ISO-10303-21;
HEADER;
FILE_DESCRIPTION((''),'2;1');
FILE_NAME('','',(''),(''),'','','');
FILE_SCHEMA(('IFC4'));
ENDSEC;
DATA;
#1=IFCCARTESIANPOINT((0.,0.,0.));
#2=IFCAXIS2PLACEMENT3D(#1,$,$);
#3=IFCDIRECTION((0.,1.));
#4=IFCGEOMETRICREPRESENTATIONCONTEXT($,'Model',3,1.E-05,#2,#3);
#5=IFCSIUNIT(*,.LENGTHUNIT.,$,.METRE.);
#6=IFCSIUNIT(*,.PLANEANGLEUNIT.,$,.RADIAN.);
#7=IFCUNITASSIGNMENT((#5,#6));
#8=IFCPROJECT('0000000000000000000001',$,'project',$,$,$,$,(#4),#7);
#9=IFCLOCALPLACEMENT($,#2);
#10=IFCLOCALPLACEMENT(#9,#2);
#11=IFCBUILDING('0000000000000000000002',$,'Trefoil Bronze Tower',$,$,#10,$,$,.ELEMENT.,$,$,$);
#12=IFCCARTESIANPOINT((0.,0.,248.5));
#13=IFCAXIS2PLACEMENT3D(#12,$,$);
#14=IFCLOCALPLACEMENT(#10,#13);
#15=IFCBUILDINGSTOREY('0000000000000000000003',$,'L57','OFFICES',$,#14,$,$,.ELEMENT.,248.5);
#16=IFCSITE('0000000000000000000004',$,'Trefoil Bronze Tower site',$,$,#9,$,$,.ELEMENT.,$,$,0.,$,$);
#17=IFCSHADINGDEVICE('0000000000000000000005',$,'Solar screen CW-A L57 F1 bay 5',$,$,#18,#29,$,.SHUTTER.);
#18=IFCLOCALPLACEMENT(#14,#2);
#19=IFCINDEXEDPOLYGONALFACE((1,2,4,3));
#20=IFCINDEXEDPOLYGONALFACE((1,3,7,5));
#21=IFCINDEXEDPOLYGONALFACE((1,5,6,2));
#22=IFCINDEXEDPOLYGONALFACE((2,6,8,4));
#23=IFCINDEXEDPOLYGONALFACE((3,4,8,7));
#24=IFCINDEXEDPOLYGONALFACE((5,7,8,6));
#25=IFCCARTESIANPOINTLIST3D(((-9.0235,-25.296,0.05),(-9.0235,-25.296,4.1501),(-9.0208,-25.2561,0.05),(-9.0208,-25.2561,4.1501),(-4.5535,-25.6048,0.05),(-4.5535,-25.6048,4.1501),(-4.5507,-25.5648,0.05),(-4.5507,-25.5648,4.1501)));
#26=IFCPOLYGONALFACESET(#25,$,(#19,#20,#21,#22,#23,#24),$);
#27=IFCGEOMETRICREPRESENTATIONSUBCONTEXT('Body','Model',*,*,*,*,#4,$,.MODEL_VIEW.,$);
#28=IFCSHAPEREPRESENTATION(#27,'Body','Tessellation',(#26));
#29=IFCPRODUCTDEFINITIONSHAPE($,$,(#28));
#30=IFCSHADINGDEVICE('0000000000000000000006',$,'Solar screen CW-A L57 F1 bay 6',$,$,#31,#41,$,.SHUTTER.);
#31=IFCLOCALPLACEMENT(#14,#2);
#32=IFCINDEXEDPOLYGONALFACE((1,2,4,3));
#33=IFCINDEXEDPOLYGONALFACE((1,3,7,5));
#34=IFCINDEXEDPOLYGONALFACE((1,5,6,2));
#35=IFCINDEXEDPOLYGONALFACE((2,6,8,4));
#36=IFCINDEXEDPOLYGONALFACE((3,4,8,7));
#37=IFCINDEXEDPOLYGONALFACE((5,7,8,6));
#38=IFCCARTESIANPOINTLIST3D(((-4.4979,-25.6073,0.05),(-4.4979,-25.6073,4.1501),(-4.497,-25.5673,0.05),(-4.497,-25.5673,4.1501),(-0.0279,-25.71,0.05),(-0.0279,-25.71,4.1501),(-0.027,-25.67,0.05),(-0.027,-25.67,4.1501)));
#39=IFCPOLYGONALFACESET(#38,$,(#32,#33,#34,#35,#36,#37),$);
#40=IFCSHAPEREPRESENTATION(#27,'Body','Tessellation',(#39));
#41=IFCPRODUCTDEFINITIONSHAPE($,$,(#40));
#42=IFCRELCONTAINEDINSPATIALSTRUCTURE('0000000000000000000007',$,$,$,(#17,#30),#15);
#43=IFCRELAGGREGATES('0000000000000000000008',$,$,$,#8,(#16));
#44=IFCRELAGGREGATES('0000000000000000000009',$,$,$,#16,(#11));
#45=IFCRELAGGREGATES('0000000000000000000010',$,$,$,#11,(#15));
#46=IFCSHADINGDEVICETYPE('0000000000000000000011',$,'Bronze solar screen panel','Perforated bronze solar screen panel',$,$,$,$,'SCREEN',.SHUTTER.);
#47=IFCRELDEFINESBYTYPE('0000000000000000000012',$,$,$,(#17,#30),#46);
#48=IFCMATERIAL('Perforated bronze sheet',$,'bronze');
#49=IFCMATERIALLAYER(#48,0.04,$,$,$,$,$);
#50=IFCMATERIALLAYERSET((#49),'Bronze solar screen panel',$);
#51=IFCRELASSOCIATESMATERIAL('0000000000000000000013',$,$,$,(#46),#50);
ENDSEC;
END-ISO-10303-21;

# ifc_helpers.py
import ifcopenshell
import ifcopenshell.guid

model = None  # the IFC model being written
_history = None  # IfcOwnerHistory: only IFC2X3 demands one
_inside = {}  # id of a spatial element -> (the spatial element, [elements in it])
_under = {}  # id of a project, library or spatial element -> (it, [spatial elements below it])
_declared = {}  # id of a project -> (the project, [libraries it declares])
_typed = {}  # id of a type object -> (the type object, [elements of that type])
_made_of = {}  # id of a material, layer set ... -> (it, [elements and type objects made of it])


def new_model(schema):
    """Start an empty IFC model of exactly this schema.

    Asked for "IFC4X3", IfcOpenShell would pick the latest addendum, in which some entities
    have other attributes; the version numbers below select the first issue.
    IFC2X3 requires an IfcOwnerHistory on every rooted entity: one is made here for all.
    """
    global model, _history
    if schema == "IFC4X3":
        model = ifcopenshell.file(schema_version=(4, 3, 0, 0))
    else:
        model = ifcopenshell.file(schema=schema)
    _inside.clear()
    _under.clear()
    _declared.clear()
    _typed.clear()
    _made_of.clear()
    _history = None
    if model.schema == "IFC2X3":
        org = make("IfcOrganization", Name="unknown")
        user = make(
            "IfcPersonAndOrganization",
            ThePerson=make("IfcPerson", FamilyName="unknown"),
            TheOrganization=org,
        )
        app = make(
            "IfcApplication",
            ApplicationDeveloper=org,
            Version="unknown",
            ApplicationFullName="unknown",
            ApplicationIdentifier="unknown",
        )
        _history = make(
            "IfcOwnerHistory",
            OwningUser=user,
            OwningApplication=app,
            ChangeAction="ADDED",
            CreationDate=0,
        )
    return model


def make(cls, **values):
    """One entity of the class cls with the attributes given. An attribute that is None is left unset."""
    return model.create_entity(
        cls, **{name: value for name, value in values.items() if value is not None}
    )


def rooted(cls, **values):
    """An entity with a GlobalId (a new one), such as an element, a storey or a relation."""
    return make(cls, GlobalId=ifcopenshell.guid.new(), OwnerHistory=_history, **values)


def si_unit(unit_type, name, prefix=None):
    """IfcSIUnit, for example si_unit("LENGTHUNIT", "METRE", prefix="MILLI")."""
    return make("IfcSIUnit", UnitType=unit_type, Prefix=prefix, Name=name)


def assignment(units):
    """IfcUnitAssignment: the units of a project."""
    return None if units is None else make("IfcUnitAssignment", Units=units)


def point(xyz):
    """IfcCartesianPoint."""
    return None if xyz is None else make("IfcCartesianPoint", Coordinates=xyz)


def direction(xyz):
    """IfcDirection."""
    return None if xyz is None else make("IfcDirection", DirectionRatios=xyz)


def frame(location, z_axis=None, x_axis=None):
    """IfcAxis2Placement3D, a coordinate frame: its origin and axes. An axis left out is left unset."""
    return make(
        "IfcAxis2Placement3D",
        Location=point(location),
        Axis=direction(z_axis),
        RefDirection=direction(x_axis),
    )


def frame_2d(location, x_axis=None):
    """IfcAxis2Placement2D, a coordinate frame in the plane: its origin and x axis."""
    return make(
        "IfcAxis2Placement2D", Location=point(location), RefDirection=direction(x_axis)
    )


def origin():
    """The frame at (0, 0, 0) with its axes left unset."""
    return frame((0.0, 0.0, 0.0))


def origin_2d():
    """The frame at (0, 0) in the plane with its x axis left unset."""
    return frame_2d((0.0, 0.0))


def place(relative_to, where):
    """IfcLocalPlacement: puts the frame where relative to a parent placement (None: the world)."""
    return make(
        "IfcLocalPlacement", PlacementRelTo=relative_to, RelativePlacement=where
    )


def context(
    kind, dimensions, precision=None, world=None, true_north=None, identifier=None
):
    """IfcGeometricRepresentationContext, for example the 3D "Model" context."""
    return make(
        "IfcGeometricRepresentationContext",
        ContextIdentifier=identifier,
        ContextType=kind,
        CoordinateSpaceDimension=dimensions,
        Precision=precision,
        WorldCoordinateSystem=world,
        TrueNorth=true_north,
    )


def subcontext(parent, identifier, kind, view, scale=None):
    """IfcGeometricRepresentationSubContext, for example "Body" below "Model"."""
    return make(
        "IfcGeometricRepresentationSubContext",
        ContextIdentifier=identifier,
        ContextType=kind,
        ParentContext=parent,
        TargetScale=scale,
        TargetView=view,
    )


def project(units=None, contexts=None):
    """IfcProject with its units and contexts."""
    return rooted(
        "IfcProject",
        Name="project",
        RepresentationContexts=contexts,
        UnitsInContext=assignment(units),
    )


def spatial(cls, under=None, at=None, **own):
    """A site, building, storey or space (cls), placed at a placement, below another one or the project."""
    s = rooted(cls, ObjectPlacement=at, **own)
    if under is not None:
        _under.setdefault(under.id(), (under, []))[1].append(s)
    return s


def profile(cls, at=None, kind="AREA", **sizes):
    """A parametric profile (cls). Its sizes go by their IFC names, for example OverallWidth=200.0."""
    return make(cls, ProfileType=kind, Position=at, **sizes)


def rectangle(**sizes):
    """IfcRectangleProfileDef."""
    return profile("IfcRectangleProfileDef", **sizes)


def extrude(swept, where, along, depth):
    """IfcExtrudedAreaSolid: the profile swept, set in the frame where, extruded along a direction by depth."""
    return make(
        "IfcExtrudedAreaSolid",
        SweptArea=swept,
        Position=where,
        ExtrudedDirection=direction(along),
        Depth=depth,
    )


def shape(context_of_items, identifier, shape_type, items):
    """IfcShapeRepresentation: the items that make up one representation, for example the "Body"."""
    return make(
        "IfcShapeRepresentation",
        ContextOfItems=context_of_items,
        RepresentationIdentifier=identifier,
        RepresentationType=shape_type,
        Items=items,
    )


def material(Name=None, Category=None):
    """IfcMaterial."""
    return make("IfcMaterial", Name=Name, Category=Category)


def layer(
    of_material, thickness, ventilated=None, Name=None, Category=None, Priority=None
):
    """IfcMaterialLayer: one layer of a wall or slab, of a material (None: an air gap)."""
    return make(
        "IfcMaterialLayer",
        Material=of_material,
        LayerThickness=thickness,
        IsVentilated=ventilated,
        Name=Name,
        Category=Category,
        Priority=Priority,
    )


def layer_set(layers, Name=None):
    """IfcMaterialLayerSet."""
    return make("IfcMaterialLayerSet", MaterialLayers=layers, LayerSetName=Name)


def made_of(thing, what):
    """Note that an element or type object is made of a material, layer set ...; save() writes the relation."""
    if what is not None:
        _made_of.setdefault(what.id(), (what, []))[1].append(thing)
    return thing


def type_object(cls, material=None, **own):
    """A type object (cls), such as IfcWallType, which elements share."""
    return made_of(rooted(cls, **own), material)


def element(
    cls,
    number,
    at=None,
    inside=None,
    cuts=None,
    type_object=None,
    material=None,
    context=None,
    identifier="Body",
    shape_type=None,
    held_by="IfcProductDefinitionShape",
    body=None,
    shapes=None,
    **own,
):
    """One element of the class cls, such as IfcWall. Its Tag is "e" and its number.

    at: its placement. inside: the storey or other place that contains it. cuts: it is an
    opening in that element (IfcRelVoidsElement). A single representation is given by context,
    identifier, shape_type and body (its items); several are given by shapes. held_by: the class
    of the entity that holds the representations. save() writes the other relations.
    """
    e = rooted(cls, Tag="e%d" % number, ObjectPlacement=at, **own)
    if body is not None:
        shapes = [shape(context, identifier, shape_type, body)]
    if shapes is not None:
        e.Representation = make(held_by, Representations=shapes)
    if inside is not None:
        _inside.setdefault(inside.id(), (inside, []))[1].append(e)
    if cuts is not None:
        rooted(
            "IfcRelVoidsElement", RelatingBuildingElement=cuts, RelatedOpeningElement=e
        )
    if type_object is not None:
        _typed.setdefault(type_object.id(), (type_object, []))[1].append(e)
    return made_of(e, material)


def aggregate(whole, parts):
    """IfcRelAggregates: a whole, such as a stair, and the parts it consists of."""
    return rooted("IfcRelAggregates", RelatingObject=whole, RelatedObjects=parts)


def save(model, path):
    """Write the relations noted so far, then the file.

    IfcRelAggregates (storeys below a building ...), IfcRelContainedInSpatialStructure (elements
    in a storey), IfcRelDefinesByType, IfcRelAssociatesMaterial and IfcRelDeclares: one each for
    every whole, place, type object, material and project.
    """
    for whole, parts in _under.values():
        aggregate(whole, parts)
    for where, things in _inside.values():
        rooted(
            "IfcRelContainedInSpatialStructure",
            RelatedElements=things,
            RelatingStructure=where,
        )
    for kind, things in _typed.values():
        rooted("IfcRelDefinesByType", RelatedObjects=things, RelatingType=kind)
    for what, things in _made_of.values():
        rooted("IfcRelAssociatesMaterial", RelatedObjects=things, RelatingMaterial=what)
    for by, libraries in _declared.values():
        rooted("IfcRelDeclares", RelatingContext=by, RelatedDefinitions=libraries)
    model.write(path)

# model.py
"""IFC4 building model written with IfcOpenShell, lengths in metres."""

from ifc_helpers import new_model, si_unit, direction, frame, origin, origin_2d, place, context, subcontext, project, spatial, rectangle, extrude, material, layer, layer_set, type_object, element, save


model = new_model("IFC4")

# Units and contexts
model_context = context("Model", 3, precision=1e-05, world=origin(), true_north=direction((0.0, 1.0)))
body_context = subcontext(model_context, "Body", "Model", "MODEL_VIEW")
ifc_project = project(units=[si_unit("LENGTHUNIT", "METRE"), si_unit("PLANEANGLEUNIT", "RADIAN")], contexts=[model_context])

# Site, building, storey
site_placement = place(None, origin())
site = spatial("IfcSite", under=ifc_project, at=site_placement, Name="Trefoil Bronze Tower site", CompositionType="ELEMENT", RefElevation=0.0)
building_placement = place(site_placement, origin())
building = spatial("IfcBuilding", under=site, at=building_placement, Name="Trefoil Bronze Tower", CompositionType="ELEMENT")
storey_placement = place(building_placement, frame((0.0, 0.0, 248.5)))
storey = spatial("IfcBuildingStorey", under=building, at=storey_placement, Name="L57", Description="OFFICES", CompositionType="ELEMENT", Elevation=248.5)

# Shading devices
ifc_material_1 = material(Name="Perforated bronze sheet", Category="bronze")
ifc_layer_1 = layer(ifc_material_1, 0.04)
ifc_layer_set_1 = layer_set([ifc_layer_1], Name="Bronze solar screen panel")
shading_device_type = type_object("IfcShadingDeviceType", Name="Bronze solar screen panel", Description="Perforated bronze solar screen panel", ElementType="SCREEN", PredefinedType="SHUTTER", material=ifc_layer_set_1)
shading_device_1_placement = place(storey_placement, frame((-6.7871, -25.4304, 0.05), z_axis=(0.0, 0.0, 1.0), x_axis=(0.997623, -0.068915, 0.0)))
element("IfcShadingDevice", 1, at=shading_device_1_placement, inside=storey, type_object=shading_device_type, Name="Solar screen CW-A L57 F1 bay 5", PredefinedType="SHUTTER", context=body_context, shape_type="SweptSolid", body=[
    extrude(rectangle(XDim=4.4807, YDim=0.04, at=origin_2d()), origin(), (0.0, 0.0, 1.0), 4.1001),
])
shading_device_2_placement = place(storey_placement, frame((-2.2625, -25.6387, 0.05), z_axis=(0.0, 0.0, 1.0), x_axis=(0.999736, -0.022972, 0.0)))
element("IfcShadingDevice", 2, at=shading_device_2_placement, inside=storey, type_object=shading_device_type, Name="Solar screen CW-A L57 F1 bay 6", PredefinedType="SHUTTER", context=body_context, shape_type="SweptSolid", body=[
    extrude(rectangle(XDim=4.4712, YDim=0.04, at=origin_2d()), origin(), (0.0, 0.0, 1.0), 4.1001),
])

save(model, "model.ifc")
